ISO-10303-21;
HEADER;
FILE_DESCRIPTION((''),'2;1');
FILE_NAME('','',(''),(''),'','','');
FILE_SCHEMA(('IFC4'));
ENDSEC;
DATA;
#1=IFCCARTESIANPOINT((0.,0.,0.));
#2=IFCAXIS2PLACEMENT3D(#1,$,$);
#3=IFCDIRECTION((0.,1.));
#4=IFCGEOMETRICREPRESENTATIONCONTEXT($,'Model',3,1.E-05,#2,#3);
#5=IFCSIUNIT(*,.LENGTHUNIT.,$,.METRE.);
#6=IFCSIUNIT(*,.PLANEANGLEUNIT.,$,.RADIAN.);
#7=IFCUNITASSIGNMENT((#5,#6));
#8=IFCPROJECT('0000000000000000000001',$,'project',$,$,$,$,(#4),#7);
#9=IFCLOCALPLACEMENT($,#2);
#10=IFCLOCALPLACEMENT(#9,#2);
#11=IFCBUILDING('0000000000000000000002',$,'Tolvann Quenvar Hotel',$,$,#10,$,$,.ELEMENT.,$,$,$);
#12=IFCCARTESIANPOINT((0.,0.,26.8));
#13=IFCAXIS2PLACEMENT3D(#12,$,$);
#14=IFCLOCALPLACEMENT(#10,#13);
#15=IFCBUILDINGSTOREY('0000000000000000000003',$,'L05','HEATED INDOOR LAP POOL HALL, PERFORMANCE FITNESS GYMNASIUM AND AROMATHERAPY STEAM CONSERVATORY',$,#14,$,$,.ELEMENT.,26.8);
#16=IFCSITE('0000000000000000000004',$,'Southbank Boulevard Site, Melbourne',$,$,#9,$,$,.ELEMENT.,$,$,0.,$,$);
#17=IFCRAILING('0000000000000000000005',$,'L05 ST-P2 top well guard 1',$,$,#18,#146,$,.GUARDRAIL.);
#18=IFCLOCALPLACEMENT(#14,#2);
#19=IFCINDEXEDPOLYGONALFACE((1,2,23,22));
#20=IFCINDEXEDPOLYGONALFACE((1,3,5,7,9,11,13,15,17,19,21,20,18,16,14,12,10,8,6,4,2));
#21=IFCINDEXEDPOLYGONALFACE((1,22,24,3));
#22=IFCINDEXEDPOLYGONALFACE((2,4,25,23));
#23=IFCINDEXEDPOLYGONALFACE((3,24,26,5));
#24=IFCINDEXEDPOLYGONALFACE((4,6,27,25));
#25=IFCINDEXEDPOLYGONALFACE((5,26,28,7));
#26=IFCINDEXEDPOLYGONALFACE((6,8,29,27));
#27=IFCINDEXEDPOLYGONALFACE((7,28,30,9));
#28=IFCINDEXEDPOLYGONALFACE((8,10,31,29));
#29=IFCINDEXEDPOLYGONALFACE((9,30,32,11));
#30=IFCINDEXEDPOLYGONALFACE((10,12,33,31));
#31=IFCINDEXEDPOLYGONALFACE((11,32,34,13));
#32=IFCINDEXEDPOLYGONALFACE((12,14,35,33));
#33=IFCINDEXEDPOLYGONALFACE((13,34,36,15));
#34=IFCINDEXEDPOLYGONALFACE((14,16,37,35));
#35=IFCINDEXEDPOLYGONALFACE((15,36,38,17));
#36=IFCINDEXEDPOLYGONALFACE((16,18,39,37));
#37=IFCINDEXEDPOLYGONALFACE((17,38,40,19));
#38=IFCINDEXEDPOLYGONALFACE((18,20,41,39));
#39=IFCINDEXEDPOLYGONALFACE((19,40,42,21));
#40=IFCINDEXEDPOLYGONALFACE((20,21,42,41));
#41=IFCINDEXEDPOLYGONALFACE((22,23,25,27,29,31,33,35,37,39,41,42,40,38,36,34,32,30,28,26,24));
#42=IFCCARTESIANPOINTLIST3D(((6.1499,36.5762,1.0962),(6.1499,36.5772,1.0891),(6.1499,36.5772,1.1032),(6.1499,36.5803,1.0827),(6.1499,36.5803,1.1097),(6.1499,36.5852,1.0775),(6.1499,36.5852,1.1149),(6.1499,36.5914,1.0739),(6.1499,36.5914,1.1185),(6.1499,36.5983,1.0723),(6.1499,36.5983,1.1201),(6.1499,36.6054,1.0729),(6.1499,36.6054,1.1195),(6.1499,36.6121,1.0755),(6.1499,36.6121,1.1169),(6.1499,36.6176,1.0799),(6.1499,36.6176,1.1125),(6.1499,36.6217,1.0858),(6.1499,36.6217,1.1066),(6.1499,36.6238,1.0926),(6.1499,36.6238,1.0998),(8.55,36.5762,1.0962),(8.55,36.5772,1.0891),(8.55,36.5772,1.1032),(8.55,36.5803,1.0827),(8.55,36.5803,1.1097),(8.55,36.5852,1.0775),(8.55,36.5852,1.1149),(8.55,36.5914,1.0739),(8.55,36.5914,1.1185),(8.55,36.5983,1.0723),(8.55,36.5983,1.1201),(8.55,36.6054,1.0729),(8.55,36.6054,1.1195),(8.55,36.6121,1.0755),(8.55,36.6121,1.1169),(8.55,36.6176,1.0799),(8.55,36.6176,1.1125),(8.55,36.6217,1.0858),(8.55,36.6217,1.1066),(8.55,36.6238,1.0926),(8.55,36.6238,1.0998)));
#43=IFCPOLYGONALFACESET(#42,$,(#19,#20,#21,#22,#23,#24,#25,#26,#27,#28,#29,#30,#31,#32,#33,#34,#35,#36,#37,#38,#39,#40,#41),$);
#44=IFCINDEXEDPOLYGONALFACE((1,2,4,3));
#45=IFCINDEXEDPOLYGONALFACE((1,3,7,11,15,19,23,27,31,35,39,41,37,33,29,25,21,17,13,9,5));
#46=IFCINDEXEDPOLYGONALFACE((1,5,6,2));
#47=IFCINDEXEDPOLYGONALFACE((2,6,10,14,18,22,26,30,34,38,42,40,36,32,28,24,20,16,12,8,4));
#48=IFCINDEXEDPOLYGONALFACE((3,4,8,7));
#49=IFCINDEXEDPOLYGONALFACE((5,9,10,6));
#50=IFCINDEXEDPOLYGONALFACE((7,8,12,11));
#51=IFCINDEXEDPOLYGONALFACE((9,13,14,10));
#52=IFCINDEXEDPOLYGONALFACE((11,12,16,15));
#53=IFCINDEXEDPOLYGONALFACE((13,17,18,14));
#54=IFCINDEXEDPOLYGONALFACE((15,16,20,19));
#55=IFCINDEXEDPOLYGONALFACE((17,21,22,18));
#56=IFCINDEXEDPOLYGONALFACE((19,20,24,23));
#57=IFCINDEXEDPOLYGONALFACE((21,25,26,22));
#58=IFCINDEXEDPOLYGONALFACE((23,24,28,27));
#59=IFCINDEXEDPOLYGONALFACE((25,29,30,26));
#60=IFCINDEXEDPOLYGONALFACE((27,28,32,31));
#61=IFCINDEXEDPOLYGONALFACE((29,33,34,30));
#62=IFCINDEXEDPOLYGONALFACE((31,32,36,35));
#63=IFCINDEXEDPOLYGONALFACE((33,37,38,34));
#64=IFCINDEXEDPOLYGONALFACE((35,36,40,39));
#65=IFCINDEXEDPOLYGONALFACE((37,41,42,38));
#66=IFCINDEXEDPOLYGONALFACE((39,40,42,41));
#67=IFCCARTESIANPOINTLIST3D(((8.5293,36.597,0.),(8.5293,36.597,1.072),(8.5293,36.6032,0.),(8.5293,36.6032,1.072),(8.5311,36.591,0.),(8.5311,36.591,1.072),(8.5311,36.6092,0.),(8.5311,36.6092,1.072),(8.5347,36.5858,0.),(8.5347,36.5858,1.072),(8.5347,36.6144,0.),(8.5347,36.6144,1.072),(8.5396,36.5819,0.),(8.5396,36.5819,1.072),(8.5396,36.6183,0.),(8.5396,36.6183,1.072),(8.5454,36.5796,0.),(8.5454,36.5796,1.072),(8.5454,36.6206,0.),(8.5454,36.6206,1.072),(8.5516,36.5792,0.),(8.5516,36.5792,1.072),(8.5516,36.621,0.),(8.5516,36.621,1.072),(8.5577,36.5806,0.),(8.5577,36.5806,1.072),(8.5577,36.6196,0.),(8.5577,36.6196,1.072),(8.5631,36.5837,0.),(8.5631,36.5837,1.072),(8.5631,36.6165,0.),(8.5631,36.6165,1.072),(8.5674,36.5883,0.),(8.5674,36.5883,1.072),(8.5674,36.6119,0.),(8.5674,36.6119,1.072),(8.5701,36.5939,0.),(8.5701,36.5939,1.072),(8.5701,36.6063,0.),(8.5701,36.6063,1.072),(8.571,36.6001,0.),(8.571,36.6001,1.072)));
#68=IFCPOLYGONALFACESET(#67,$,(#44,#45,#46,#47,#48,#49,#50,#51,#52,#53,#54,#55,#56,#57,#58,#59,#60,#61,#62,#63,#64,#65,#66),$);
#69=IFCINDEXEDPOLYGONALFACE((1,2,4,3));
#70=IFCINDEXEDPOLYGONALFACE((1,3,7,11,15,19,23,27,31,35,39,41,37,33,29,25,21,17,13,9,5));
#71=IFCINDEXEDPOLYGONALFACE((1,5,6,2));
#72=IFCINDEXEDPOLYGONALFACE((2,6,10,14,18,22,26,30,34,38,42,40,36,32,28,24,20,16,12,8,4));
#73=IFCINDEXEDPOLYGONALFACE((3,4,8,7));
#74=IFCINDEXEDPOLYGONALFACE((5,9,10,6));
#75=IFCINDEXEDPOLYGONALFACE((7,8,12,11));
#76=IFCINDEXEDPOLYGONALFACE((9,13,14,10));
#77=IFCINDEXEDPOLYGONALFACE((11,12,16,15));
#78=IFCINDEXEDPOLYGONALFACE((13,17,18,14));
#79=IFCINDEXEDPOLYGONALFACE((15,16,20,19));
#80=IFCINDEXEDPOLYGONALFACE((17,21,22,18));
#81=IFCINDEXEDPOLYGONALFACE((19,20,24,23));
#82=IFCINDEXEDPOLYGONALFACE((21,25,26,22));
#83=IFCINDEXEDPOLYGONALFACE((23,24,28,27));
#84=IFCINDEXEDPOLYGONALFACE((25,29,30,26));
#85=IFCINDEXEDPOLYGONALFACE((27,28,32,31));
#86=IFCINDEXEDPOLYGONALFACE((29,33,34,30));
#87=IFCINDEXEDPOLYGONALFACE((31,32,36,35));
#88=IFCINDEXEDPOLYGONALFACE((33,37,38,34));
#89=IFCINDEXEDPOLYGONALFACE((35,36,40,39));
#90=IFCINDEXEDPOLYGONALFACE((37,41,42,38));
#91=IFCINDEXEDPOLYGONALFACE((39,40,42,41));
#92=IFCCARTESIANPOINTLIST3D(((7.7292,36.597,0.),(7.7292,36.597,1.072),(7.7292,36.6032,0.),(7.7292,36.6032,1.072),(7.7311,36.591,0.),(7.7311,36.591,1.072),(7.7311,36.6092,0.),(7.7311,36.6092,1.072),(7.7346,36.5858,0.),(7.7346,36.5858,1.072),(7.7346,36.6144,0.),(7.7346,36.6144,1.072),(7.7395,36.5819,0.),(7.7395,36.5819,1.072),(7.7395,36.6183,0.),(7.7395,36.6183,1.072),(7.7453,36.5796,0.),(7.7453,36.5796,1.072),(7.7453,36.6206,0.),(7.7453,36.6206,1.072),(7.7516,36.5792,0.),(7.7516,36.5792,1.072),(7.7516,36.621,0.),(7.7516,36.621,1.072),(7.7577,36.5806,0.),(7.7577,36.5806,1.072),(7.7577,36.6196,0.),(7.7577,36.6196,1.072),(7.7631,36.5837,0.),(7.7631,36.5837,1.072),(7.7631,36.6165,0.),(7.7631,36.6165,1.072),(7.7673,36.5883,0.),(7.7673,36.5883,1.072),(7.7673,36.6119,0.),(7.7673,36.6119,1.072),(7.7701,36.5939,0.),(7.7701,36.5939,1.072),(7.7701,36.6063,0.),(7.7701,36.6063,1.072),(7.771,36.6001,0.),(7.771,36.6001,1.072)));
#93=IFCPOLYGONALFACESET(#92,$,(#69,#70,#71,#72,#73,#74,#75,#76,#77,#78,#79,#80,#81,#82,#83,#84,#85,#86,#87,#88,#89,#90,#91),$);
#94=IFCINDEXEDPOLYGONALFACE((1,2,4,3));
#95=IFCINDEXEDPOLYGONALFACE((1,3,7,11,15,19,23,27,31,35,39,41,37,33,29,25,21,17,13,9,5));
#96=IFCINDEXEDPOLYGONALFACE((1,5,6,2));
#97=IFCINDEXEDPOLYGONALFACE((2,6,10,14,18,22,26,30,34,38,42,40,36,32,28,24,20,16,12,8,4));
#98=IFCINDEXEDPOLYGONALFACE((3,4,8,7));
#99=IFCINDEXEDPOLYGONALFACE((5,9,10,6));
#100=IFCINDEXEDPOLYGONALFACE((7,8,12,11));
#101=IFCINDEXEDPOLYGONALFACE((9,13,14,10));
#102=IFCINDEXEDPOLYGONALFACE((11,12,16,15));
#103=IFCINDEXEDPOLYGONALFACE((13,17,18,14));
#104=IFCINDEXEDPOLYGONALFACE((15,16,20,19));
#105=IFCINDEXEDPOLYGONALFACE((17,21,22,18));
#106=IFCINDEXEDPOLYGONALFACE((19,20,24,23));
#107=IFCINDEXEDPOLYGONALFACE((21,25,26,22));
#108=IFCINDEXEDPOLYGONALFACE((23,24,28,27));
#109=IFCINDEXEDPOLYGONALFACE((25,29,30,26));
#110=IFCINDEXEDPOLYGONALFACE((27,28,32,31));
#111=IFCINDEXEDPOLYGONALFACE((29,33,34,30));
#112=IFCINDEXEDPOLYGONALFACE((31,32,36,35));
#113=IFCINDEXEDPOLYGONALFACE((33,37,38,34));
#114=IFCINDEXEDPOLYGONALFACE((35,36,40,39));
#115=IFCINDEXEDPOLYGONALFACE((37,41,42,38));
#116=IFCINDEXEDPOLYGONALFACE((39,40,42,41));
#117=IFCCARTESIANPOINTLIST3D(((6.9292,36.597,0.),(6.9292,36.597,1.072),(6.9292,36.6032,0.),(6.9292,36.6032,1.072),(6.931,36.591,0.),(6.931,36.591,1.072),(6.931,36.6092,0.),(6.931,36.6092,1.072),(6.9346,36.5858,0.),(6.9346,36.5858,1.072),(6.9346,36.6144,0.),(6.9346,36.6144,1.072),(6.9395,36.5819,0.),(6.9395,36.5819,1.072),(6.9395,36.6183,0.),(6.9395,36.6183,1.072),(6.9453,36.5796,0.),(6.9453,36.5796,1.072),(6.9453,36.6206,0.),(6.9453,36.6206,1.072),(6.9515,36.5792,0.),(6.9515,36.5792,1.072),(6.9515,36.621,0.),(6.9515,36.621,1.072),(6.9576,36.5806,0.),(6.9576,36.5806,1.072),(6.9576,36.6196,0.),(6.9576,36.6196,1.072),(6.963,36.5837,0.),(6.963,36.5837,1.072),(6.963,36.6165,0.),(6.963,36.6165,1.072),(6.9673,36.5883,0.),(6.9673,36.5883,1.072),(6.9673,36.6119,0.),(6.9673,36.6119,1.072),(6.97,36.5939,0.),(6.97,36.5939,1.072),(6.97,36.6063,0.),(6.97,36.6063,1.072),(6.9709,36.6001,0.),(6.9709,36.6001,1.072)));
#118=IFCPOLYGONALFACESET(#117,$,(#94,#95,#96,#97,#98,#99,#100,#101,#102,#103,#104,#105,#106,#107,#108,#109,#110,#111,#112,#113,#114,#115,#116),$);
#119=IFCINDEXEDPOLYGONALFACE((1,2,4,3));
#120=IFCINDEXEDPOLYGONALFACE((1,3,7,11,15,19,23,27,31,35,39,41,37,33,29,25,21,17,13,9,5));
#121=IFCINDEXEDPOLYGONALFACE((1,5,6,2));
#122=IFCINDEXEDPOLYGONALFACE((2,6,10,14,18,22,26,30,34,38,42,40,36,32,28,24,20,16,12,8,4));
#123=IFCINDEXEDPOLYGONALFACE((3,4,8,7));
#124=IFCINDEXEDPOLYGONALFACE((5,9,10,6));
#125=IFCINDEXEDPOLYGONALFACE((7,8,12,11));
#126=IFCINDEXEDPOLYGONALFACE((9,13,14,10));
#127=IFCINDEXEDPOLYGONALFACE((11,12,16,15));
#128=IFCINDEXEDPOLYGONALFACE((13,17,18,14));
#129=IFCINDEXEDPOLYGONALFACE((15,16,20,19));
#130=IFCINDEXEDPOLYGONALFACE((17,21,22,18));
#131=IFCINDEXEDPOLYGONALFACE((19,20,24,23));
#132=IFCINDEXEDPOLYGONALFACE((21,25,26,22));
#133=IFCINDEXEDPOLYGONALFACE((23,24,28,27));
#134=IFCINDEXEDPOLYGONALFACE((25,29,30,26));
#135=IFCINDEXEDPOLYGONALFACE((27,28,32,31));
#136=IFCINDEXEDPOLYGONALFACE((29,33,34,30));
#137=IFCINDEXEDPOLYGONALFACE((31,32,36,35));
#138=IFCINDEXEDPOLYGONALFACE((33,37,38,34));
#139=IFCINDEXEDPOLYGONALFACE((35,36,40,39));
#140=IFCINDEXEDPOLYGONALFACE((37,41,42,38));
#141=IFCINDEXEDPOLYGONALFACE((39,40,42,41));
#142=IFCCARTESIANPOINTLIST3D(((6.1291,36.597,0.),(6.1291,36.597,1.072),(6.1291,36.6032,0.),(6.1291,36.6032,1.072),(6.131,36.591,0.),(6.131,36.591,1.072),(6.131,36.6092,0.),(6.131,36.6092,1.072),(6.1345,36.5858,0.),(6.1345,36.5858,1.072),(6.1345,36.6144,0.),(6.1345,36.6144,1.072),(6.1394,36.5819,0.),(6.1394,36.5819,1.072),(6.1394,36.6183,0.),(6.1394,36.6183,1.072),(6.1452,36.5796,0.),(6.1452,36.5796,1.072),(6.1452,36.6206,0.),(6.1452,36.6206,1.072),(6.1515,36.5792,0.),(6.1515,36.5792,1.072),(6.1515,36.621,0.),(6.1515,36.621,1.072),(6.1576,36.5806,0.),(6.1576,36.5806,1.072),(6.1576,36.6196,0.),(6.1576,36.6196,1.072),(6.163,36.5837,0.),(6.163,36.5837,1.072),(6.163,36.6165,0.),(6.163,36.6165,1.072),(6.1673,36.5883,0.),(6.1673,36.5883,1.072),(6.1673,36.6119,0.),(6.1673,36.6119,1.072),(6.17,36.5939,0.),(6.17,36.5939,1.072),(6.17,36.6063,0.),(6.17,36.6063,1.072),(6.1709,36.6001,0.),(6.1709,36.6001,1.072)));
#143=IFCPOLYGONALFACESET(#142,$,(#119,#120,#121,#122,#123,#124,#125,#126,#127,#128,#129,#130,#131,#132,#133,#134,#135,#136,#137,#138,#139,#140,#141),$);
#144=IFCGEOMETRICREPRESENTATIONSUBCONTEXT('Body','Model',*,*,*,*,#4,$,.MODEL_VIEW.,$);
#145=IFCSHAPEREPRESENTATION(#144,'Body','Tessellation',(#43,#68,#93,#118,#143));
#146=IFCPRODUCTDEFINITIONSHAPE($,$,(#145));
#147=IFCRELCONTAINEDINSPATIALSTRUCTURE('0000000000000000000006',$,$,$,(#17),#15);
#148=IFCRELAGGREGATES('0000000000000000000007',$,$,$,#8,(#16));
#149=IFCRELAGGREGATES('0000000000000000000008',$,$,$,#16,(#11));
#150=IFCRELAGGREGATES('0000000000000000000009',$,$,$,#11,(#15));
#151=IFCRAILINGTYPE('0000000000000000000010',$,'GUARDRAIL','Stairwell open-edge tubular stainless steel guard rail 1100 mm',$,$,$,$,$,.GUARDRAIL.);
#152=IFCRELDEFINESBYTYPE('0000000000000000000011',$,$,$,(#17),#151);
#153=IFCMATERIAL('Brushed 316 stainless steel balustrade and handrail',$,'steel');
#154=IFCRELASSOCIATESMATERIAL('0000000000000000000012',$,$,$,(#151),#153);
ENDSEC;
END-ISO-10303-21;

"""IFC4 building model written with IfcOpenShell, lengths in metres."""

from ifc_helpers import new_model, si_unit, direction, frame, origin, origin_2d, place, context, subcontext, project, spatial, circle, extrude, material, type_object, element, save


model = new_model("IFC4")

# Units and contexts
model_context = context("Model", 3, precision=1e-05, world=origin(), true_north=direction((0.0, 1.0)))
body_context = subcontext(model_context, "Body", "Model", "MODEL_VIEW")
ifc_project = project(units=[si_unit("LENGTHUNIT", "METRE"), si_unit("PLANEANGLEUNIT", "RADIAN")], contexts=[model_context])

# Site, building, storey
site_placement = place(None, origin())
site = spatial("IfcSite", under=ifc_project, at=site_placement, Name="Southbank Boulevard Site, Melbourne", CompositionType="ELEMENT", RefElevation=0.0)
building_placement = place(site_placement, origin())
building = spatial("IfcBuilding", under=site, at=building_placement, Name="Tolvann Quenvar Hotel", CompositionType="ELEMENT")
storey_placement = place(building_placement, frame((0.0, 0.0, 26.8)))
storey = spatial("IfcBuildingStorey", under=building, at=storey_placement, Name="L05", Description="HEATED INDOOR LAP POOL HALL, PERFORMANCE FITNESS GYMNASIUM AND AROMATHERAPY STEAM CONSERVATORY", CompositionType="ELEMENT", Elevation=26.8)

# Railing
ifc_material_1 = material(Name="Brushed 316 stainless steel balustrade and handrail", Category="steel")
railing_type = type_object("IfcRailingType", Name="GUARDRAIL", Description="Stairwell open-edge tubular stainless steel guard rail 1100 mm", PredefinedType="GUARDRAIL", material=ifc_material_1)
railing_1_placement = place(storey_placement, frame((8.55, 36.6001, 0.0)))
element("IfcRailing", 1, at=railing_1_placement, inside=storey, type_object=railing_type, Name="L05 ST-P2 top well guard 1", PredefinedType="GUARDRAIL", context=body_context, shape_type="SweptSolid", body=[
    extrude(circle(Radius=0.0239, at=origin_2d()), frame((0.0, 0.0, 1.0962), z_axis=(-1.0, 0.0, 0.0), x_axis=(0.0, -1.0, 0.0)), (0.0, 0.0, 1.0), 2.4001),
    extrude(circle(Radius=0.021, at=origin_2d()), origin(), (0.0, 0.0, 1.0), 1.072),
    extrude(circle(Radius=0.021, at=origin_2d()), frame((-0.8, 0.0, 0.0)), (0.0, 0.0, 1.0), 1.072),
    extrude(circle(Radius=0.021, at=origin_2d()), frame((-1.6001, 0.0, 0.0)), (0.0, 0.0, 1.0), 1.072),
    extrude(circle(Radius=0.021, at=origin_2d()), frame((-2.4001, 0.0, 0.0)), (0.0, 0.0, 1.0), 1.072),
])

save(model, "model.ifc")
